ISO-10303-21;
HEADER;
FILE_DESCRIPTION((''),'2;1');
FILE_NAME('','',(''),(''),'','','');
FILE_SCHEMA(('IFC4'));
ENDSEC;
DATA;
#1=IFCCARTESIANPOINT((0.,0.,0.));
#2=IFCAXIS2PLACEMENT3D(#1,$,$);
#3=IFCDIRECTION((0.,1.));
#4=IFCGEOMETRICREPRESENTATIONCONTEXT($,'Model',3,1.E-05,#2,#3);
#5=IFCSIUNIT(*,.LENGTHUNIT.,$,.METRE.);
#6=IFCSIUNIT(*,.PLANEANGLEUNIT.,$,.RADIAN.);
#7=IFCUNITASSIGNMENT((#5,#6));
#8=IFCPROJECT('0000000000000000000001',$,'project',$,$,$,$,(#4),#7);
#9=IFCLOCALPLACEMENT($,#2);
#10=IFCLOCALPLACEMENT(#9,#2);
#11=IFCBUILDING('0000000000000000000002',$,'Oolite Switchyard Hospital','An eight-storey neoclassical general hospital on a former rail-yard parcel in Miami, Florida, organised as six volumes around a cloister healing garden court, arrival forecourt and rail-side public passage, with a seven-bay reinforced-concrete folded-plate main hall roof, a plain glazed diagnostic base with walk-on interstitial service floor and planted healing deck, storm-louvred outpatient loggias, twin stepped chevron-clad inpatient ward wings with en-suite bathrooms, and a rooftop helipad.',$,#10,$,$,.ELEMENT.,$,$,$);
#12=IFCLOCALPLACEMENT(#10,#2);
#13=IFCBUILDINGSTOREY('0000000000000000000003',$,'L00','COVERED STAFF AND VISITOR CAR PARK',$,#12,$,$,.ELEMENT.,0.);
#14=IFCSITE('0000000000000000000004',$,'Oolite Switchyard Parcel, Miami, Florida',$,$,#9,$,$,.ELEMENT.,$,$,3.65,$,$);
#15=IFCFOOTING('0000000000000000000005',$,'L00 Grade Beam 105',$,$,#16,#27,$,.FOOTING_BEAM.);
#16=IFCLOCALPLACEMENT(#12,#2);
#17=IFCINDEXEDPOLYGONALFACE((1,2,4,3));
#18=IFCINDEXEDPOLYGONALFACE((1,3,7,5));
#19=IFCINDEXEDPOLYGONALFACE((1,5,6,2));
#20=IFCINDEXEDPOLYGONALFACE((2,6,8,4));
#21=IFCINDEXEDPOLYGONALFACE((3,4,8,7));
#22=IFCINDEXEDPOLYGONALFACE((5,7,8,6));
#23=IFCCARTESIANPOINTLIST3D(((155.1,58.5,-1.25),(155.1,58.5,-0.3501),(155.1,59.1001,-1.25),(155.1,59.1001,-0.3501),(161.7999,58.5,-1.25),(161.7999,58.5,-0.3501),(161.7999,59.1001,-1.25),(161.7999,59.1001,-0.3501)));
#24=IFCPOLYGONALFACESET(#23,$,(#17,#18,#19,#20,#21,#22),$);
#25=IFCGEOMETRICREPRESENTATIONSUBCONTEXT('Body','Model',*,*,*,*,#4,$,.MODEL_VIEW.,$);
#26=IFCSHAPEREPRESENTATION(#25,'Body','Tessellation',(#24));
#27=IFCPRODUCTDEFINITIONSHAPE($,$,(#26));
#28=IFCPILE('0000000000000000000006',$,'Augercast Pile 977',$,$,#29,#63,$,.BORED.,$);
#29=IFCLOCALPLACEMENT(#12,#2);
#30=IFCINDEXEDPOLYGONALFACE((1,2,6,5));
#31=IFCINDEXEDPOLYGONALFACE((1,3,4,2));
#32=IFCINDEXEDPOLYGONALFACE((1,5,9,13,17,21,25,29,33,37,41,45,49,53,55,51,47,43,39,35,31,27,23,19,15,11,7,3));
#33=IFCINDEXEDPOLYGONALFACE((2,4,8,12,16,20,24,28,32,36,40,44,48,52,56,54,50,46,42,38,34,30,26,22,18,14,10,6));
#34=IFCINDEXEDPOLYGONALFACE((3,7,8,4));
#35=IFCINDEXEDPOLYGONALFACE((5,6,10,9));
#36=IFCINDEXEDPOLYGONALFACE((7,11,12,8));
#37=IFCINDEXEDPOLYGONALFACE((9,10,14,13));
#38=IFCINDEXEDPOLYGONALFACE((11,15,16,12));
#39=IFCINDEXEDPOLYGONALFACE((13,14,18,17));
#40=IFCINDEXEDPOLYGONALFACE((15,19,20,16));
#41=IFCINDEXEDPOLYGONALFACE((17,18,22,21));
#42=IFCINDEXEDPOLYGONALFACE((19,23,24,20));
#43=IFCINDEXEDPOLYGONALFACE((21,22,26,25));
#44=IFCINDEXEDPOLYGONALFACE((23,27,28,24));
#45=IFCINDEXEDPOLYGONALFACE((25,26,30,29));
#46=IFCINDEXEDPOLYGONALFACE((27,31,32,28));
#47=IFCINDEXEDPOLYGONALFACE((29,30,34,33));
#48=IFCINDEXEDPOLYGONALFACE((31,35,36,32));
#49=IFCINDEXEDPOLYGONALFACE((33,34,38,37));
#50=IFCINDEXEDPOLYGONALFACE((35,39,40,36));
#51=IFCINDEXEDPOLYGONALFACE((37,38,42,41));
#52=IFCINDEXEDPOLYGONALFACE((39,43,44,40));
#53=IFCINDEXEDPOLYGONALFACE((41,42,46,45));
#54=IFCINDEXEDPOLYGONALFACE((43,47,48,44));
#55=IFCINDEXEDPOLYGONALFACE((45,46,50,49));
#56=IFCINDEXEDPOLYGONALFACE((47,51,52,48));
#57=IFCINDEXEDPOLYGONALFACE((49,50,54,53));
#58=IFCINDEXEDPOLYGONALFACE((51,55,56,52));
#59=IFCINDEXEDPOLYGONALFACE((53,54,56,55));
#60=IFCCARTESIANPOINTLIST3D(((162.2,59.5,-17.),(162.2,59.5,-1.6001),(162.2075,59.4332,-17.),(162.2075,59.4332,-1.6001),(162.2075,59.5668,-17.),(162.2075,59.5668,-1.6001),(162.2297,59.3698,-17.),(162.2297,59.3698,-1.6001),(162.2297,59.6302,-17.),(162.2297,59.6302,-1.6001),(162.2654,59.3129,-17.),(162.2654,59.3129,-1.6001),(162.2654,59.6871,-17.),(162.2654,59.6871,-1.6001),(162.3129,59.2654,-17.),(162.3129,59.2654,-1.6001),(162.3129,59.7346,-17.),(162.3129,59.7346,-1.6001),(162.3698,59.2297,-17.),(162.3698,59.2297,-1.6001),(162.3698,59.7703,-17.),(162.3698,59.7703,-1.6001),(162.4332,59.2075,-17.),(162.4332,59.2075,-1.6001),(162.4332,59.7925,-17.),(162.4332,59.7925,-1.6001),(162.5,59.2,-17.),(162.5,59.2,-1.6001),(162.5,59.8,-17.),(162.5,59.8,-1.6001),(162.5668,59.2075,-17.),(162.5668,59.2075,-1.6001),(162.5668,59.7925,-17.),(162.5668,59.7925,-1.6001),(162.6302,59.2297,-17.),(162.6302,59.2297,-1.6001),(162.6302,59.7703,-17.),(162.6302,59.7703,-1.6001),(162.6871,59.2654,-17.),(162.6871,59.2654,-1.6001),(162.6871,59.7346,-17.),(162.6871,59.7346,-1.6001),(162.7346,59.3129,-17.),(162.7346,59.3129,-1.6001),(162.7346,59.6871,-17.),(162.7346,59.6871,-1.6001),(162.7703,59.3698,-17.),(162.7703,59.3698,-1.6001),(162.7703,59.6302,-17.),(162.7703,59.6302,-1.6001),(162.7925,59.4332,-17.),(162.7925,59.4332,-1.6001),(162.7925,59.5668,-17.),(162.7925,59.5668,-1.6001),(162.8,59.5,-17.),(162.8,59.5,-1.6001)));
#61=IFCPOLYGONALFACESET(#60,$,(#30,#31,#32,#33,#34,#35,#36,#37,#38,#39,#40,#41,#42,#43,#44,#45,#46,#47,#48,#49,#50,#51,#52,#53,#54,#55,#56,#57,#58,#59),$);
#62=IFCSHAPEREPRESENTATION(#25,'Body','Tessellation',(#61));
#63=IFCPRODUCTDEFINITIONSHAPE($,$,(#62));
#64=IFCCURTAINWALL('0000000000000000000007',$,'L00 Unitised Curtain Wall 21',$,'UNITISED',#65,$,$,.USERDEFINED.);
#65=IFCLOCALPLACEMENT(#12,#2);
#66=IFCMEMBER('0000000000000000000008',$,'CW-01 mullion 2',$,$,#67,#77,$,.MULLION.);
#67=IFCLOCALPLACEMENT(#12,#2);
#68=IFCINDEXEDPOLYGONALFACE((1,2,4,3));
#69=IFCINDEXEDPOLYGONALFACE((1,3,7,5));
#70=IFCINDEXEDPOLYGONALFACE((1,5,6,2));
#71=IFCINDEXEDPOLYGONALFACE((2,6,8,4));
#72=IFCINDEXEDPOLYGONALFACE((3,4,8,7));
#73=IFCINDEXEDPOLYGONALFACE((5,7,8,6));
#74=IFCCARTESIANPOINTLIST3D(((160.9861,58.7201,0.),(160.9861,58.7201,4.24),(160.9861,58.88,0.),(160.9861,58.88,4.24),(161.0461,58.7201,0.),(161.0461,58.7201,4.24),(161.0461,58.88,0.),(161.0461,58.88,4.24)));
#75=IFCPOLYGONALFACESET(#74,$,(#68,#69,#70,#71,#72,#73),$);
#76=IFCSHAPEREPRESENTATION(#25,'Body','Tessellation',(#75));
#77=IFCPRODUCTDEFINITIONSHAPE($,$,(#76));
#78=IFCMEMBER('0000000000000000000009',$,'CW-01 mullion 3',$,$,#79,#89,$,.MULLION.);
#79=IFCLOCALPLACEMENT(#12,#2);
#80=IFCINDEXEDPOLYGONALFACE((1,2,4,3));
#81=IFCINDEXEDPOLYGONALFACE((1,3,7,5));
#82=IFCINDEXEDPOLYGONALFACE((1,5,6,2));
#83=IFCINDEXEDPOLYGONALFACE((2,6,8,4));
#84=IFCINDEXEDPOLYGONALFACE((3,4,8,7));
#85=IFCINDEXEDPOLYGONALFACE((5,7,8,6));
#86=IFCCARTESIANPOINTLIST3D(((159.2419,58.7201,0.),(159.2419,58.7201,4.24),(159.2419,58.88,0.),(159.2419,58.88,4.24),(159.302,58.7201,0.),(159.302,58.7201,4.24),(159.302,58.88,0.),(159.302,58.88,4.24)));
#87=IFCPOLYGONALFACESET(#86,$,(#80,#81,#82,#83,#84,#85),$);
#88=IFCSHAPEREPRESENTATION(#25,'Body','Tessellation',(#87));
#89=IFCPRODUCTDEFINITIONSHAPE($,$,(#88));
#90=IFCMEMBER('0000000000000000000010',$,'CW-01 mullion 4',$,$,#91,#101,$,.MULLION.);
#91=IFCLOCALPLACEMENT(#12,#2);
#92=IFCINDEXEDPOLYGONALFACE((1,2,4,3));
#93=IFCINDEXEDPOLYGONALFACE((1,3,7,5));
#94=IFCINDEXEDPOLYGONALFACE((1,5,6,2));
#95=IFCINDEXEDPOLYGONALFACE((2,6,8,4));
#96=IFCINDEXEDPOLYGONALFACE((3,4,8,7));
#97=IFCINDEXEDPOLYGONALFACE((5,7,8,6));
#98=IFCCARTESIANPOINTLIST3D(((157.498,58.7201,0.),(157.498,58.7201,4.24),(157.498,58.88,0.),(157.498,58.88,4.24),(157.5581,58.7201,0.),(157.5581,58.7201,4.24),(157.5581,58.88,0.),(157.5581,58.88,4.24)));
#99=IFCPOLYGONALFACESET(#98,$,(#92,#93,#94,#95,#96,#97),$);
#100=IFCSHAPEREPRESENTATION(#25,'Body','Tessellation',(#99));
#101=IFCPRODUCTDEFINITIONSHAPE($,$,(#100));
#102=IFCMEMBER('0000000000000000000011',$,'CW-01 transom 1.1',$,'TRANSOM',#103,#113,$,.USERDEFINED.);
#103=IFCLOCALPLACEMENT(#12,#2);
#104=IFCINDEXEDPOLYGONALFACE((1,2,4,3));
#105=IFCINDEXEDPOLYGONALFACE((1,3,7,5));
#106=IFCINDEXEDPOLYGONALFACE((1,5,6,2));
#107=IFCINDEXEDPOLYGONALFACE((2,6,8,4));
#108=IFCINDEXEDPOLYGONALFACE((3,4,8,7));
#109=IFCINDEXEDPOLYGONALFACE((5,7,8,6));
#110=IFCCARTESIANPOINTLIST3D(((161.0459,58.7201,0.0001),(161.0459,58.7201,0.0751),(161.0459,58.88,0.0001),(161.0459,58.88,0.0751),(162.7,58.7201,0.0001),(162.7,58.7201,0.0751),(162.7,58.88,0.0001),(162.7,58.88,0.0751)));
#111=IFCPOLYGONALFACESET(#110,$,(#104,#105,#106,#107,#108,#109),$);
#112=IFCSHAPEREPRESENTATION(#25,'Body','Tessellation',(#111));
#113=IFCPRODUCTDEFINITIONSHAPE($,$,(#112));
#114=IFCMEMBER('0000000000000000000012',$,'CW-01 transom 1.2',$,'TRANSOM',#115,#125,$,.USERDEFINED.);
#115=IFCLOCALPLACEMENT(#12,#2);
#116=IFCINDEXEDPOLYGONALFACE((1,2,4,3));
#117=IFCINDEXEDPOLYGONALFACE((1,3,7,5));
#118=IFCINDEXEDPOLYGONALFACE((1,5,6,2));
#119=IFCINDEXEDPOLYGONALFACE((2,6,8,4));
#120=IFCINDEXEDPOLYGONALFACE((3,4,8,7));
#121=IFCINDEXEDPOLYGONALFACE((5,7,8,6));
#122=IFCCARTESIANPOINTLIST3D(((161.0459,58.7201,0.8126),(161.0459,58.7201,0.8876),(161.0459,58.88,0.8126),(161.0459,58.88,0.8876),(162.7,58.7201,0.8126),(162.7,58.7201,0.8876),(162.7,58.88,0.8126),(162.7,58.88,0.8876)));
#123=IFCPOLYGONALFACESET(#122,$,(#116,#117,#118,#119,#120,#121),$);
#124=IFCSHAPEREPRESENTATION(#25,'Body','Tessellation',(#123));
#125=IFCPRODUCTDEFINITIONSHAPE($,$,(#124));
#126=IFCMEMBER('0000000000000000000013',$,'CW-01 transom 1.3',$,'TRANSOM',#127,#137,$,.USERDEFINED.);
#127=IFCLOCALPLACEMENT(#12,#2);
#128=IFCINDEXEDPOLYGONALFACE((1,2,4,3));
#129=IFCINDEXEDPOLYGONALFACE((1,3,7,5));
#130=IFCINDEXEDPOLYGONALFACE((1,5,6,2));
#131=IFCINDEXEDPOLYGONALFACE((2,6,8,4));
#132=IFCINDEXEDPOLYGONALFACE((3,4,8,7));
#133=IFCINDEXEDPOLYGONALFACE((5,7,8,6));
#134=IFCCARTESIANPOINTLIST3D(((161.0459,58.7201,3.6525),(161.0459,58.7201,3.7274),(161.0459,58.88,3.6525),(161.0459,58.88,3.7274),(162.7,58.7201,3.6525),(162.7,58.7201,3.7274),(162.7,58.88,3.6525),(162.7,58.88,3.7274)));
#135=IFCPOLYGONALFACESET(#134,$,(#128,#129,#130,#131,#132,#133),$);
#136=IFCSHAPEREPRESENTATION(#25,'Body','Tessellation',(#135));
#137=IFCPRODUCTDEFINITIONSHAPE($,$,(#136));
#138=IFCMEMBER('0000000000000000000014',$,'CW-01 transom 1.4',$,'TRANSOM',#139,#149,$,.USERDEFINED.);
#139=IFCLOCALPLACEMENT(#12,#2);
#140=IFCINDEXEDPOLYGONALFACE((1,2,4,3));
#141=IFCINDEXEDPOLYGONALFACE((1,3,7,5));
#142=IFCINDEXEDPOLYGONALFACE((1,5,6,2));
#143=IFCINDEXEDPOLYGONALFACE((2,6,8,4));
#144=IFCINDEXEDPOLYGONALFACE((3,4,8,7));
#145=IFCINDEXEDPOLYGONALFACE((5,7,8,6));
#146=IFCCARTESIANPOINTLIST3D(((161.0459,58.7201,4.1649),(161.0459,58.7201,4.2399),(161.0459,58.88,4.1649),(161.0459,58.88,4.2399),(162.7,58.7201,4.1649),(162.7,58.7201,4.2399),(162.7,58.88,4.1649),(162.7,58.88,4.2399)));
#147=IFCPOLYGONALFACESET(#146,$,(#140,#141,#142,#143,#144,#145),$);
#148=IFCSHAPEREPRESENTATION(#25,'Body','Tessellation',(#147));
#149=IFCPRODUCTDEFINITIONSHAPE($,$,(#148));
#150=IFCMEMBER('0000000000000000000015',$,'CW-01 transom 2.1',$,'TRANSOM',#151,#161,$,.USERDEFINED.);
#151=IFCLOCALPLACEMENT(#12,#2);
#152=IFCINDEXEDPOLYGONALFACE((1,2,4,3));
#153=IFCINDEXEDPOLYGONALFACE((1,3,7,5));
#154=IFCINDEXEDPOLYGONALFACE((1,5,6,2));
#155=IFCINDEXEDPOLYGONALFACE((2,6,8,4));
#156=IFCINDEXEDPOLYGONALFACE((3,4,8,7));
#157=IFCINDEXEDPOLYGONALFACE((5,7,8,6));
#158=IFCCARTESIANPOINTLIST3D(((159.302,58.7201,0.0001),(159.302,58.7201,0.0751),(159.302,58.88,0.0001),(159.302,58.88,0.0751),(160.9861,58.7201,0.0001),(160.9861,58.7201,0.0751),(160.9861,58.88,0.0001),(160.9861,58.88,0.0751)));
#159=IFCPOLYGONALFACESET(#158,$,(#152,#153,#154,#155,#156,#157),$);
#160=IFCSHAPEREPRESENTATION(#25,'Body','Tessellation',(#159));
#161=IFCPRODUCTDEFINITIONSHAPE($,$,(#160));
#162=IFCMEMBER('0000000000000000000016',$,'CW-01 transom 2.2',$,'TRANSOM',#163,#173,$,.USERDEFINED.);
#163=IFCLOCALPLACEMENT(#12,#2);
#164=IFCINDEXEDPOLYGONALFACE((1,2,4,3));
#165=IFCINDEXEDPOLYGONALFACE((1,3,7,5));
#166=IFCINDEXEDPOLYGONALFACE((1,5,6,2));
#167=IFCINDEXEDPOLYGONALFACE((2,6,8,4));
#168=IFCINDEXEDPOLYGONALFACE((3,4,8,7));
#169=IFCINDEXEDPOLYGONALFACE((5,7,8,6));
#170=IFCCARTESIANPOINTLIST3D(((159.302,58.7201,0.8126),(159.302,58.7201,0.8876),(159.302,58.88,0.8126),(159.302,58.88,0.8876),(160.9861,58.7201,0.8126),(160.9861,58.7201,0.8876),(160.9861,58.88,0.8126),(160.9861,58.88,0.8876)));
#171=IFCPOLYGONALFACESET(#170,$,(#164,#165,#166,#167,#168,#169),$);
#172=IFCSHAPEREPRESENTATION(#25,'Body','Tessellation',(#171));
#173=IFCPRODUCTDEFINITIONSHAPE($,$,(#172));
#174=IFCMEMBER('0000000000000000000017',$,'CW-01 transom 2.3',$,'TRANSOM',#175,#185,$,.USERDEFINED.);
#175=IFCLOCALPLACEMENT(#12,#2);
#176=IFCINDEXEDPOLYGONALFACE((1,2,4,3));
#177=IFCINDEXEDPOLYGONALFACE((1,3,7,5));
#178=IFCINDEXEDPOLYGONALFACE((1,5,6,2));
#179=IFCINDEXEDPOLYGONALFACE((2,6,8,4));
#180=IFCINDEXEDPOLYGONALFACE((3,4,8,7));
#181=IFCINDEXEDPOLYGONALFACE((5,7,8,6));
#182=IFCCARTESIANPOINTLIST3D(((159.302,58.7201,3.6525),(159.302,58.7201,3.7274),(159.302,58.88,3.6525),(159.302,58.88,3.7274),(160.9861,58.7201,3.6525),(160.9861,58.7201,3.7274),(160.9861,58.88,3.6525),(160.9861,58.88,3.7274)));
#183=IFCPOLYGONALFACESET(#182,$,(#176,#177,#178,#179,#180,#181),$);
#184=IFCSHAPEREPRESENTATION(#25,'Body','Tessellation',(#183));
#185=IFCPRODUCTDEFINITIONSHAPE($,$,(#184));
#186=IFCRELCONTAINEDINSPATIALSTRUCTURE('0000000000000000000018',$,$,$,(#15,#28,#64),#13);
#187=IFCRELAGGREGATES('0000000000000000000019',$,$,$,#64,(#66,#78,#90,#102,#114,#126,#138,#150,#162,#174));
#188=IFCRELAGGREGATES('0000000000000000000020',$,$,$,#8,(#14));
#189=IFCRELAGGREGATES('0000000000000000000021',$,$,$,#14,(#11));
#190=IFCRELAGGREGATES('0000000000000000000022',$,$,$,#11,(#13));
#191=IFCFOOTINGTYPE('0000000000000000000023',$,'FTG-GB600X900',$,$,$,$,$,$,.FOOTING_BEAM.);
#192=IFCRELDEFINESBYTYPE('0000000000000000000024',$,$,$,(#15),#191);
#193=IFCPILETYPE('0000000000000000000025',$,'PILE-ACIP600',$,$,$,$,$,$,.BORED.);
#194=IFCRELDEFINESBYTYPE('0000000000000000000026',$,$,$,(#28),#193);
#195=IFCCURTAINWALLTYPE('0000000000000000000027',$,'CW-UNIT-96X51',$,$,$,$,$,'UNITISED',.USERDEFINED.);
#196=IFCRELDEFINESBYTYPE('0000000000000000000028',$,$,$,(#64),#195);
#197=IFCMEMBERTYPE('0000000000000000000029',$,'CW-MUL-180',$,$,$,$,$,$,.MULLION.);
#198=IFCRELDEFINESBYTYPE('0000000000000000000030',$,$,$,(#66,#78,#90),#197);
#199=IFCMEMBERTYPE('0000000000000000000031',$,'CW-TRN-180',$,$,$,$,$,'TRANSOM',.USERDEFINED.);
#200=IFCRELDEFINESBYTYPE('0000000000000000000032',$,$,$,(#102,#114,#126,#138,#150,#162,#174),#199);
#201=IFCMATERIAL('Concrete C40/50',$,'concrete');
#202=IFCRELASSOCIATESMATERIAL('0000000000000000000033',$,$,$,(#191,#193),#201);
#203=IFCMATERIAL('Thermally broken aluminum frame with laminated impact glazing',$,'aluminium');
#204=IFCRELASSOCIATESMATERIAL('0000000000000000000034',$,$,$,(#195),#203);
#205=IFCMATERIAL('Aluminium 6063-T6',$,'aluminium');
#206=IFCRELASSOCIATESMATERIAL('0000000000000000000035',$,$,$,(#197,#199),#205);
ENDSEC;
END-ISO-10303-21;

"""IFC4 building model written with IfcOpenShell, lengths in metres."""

from ifc_helpers import new_model, si_unit, direction, frame, origin, origin_2d, place, context, subcontext, project, spatial, rectangle, circle, extrude, material, material_profile, profile_set, type_object, element, aggregate, save


model = new_model("IFC4")

# Units and contexts
model_context = context("Model", 3, precision=1e-05, world=origin(), true_north=direction((0.0, 1.0)))
body_context = subcontext(model_context, "Body", "Model", "MODEL_VIEW")
ifc_project = project(units=[si_unit("LENGTHUNIT", "METRE"), si_unit("PLANEANGLEUNIT", "RADIAN")], contexts=[model_context])

# Site, building, storey
site_placement = place(None, origin())
site = spatial("IfcSite", under=ifc_project, at=site_placement, Name="Oolite Switchyard Parcel, Miami, Florida", CompositionType="ELEMENT", RefElevation=3.65)
building_placement = place(site_placement, origin())
building = spatial("IfcBuilding", under=site, at=building_placement, Name="Oolite Switchyard Hospital", Description="An eight-storey neoclassical general hospital on a former rail-yard parcel in Miami, Florida, organised as six volumes around a cloister healing garden court, arrival forecourt and rail-side public passage, with a seven-bay reinforced-concrete folded-plate main hall roof, a plain glazed diagnostic base with walk-on interstitial service floor and planted healing deck, storm-louvred outpatient loggias, twin stepped chevron-clad inpatient ward wings with en-suite bathrooms, and a rooftop helipad.", CompositionType="ELEMENT")
storey_placement = place(building_placement, origin())
storey = spatial("IfcBuildingStorey", under=building, at=storey_placement, Name="L00", Description="COVERED STAFF AND VISITOR CAR PARK", CompositionType="ELEMENT", Elevation=0.0)

# Footing
ifc_material_1 = material(Name="Concrete C40/50", Category="concrete")
footing_type = type_object("IfcFootingType", Name="FTG-GB600X900", PredefinedType="FOOTING_BEAM", material=ifc_material_1)
footing_placement = place(storey_placement, frame((158.45, 58.8, -1.25), z_axis=(0.0, 0.0, 1.0), x_axis=(1.0, 0.0, 0.0)))
element("IfcFooting", 1, at=footing_placement, inside=storey, type_object=footing_type, Name="L00 Grade Beam 105", PredefinedType="FOOTING_BEAM", context=body_context, shape_type="SweptSolid", body=[
    extrude(rectangle(XDim=6.7, YDim=0.6001, at=origin_2d()), origin(), (0.0, 0.0, 1.0), 0.8999),
])

# Pile
ifc_material_profile_1 = material_profile(ifc_material_1, circle(Radius=0.3, at=origin_2d()), Name="PILE600")
ifc_profile_set_1 = profile_set([ifc_material_profile_1], Name="Concrete C40/50")
pile_type = type_object("IfcPileType", Name="PILE-ACIP600", PredefinedType="BORED", material=ifc_profile_set_1)
pile_placement = place(storey_placement, frame((162.5, 59.5, -1.6001), z_axis=(0.0, 0.0, -1.0), x_axis=(1.0, 0.0, 0.0)))
element("IfcPile", 2, at=pile_placement, inside=storey, type_object=pile_type, Name="Augercast Pile 977", PredefinedType="BORED", context=body_context, shape_type="SweptSolid", body=[
    extrude(circle(Radius=0.3, at=origin_2d()), origin(), (0.0, 0.0, 1.0), 15.3999),
])

# Curtain wall, members
ifc_material_2 = material(Name="Thermally broken aluminum frame with laminated impact glazing", Category="aluminium")
curtain_wall_type = type_object("IfcCurtainWallType", Name="CW-UNIT-96X51", ElementType="UNITISED", PredefinedType="USERDEFINED", material=ifc_material_2)
curtain_wall_placement = place(storey_placement, origin())
curtain_wall = element("IfcCurtainWall", 3, at=curtain_wall_placement, inside=storey, type_object=curtain_wall_type, Name="L00 Unitised Curtain Wall 21", ObjectType="UNITISED", PredefinedType="USERDEFINED")
ifc_material_3 = material(Name="Aluminium 6063-T6", Category="aluminium")
ifc_material_profile_2 = material_profile(ifc_material_3, rectangle(XDim=0.1599, YDim=0.0601, at=origin_2d()), Name="CWM60X160")
ifc_profile_set_2 = profile_set([ifc_material_profile_2], Name="Aluminium 6063-T6")
member_type_1 = type_object("IfcMemberType", Name="CW-MUL-180", PredefinedType="MULLION", material=ifc_profile_set_2)
member_1_placement = place(storey_placement, frame((161.0161, 58.8, 0.0), z_axis=(0.0, 0.0, 1.0), x_axis=(0.0, -1.0, 0.0)))
member_1 = element("IfcMember", 4, at=member_1_placement, type_object=member_type_1, Name="CW-01 mullion 2", PredefinedType="MULLION", context=body_context, shape_type="SweptSolid", body=[
    extrude(rectangle(XDim=0.1599, YDim=0.0601, at=origin_2d()), origin(), (0.0, 0.0, 1.0), 4.24),
])
member_2_placement = place(storey_placement, frame((159.272, 58.8, 0.0), z_axis=(0.0, 0.0, 1.0), x_axis=(0.0, -1.0, 0.0)))
member_2 = element("IfcMember", 5, at=member_2_placement, type_object=member_type_1, Name="CW-01 mullion 3", PredefinedType="MULLION", context=body_context, shape_type="SweptSolid", body=[
    extrude(rectangle(XDim=0.1599, YDim=0.0601, at=origin_2d()), origin(), (0.0, 0.0, 1.0), 4.24),
])
member_3_placement = place(storey_placement, frame((157.5281, 58.8, 0.0), z_axis=(0.0, 0.0, 1.0), x_axis=(0.0, -1.0, 0.0)))
member_3 = element("IfcMember", 6, at=member_3_placement, type_object=member_type_1, Name="CW-01 mullion 4", PredefinedType="MULLION", context=body_context, shape_type="SweptSolid", body=[
    extrude(rectangle(XDim=0.1599, YDim=0.0601, at=origin_2d()), origin(), (0.0, 0.0, 1.0), 4.24),
])
ifc_material_profile_3 = material_profile(ifc_material_3, rectangle(XDim=0.1599, YDim=0.075, at=origin_2d()), Name="CWT75X160")
ifc_profile_set_3 = profile_set([ifc_material_profile_3], Name="Aluminium 6063-T6")
member_type_2 = type_object("IfcMemberType", Name="CW-TRN-180", ElementType="TRANSOM", PredefinedType="USERDEFINED", material=ifc_profile_set_3)
member_4_placement = place(storey_placement, frame((162.7, 58.8, 0.0376), z_axis=(-1.0, 0.0, 0.0), x_axis=(0.0, -1.0, 0.0)))
member_4 = element("IfcMember", 7, at=member_4_placement, type_object=member_type_2, Name="CW-01 transom 1.1", ObjectType="TRANSOM", PredefinedType="USERDEFINED", context=body_context, shape_type="SweptSolid", body=[
    extrude(rectangle(XDim=0.1599, YDim=0.075, at=origin_2d()), origin(), (0.0, 0.0, 1.0), 1.6541),
])
member_5_placement = place(storey_placement, frame((162.7, 58.8, 0.8501), z_axis=(-1.0, 0.0, 0.0), x_axis=(0.0, -1.0, 0.0)))
member_5 = element("IfcMember", 8, at=member_5_placement, type_object=member_type_2, Name="CW-01 transom 1.2", ObjectType="TRANSOM", PredefinedType="USERDEFINED", context=body_context, shape_type="SweptSolid", body=[
    extrude(rectangle(XDim=0.1599, YDim=0.075, at=origin_2d()), origin(), (0.0, 0.0, 1.0), 1.6541),
])
member_6_placement = place(storey_placement, frame((162.7, 58.8, 3.6899), z_axis=(-1.0, 0.0, 0.0), x_axis=(0.0, -1.0, 0.0)))
member_6 = element("IfcMember", 9, at=member_6_placement, type_object=member_type_2, Name="CW-01 transom 1.3", ObjectType="TRANSOM", PredefinedType="USERDEFINED", context=body_context, shape_type="SweptSolid", body=[
    extrude(rectangle(XDim=0.1599, YDim=0.075, at=origin_2d()), origin(), (0.0, 0.0, 1.0), 1.6541),
])
member_7_placement = place(storey_placement, frame((162.7, 58.8, 4.2024), z_axis=(-1.0, 0.0, 0.0), x_axis=(0.0, -1.0, 0.0)))
member_7 = element("IfcMember", 10, at=member_7_placement, type_object=member_type_2, Name="CW-01 transom 1.4", ObjectType="TRANSOM", PredefinedType="USERDEFINED", context=body_context, shape_type="SweptSolid", body=[
    extrude(rectangle(XDim=0.1599, YDim=0.075, at=origin_2d()), origin(), (0.0, 0.0, 1.0), 1.6541),
])
member_8_placement = place(storey_placement, frame((160.9861, 58.8, 0.0376), z_axis=(-1.0, 0.0, 0.0), x_axis=(0.0, -1.0, 0.0)))
member_8 = element("IfcMember", 11, at=member_8_placement, type_object=member_type_2, Name="CW-01 transom 2.1", ObjectType="TRANSOM", PredefinedType="USERDEFINED", context=body_context, shape_type="SweptSolid", body=[
    extrude(rectangle(XDim=0.1599, YDim=0.075, at=origin_2d()), origin(), (0.0, 0.0, 1.0), 1.6841),
])
member_9_placement = place(storey_placement, frame((160.9861, 58.8, 0.8501), z_axis=(-1.0, 0.0, 0.0), x_axis=(0.0, -1.0, 0.0)))
member_9 = element("IfcMember", 12, at=member_9_placement, type_object=member_type_2, Name="CW-01 transom 2.2", ObjectType="TRANSOM", PredefinedType="USERDEFINED", context=body_context, shape_type="SweptSolid", body=[
    extrude(rectangle(XDim=0.1599, YDim=0.075, at=origin_2d()), origin(), (0.0, 0.0, 1.0), 1.6841),
])
member_10_placement = place(storey_placement, frame((160.9861, 58.8, 3.6899), z_axis=(-1.0, 0.0, 0.0), x_axis=(0.0, -1.0, 0.0)))
member_10 = element("IfcMember", 13, at=member_10_placement, type_object=member_type_2, Name="CW-01 transom 2.3", ObjectType="TRANSOM", PredefinedType="USERDEFINED", context=body_context, shape_type="SweptSolid", body=[
    extrude(rectangle(XDim=0.1599, YDim=0.075, at=origin_2d()), origin(), (0.0, 0.0, 1.0), 1.6841),
])
aggregate(curtain_wall, [member_1, member_2, member_3, member_4, member_5, member_6, member_7, member_8, member_9, member_10])

save(model, "model.ifc")
